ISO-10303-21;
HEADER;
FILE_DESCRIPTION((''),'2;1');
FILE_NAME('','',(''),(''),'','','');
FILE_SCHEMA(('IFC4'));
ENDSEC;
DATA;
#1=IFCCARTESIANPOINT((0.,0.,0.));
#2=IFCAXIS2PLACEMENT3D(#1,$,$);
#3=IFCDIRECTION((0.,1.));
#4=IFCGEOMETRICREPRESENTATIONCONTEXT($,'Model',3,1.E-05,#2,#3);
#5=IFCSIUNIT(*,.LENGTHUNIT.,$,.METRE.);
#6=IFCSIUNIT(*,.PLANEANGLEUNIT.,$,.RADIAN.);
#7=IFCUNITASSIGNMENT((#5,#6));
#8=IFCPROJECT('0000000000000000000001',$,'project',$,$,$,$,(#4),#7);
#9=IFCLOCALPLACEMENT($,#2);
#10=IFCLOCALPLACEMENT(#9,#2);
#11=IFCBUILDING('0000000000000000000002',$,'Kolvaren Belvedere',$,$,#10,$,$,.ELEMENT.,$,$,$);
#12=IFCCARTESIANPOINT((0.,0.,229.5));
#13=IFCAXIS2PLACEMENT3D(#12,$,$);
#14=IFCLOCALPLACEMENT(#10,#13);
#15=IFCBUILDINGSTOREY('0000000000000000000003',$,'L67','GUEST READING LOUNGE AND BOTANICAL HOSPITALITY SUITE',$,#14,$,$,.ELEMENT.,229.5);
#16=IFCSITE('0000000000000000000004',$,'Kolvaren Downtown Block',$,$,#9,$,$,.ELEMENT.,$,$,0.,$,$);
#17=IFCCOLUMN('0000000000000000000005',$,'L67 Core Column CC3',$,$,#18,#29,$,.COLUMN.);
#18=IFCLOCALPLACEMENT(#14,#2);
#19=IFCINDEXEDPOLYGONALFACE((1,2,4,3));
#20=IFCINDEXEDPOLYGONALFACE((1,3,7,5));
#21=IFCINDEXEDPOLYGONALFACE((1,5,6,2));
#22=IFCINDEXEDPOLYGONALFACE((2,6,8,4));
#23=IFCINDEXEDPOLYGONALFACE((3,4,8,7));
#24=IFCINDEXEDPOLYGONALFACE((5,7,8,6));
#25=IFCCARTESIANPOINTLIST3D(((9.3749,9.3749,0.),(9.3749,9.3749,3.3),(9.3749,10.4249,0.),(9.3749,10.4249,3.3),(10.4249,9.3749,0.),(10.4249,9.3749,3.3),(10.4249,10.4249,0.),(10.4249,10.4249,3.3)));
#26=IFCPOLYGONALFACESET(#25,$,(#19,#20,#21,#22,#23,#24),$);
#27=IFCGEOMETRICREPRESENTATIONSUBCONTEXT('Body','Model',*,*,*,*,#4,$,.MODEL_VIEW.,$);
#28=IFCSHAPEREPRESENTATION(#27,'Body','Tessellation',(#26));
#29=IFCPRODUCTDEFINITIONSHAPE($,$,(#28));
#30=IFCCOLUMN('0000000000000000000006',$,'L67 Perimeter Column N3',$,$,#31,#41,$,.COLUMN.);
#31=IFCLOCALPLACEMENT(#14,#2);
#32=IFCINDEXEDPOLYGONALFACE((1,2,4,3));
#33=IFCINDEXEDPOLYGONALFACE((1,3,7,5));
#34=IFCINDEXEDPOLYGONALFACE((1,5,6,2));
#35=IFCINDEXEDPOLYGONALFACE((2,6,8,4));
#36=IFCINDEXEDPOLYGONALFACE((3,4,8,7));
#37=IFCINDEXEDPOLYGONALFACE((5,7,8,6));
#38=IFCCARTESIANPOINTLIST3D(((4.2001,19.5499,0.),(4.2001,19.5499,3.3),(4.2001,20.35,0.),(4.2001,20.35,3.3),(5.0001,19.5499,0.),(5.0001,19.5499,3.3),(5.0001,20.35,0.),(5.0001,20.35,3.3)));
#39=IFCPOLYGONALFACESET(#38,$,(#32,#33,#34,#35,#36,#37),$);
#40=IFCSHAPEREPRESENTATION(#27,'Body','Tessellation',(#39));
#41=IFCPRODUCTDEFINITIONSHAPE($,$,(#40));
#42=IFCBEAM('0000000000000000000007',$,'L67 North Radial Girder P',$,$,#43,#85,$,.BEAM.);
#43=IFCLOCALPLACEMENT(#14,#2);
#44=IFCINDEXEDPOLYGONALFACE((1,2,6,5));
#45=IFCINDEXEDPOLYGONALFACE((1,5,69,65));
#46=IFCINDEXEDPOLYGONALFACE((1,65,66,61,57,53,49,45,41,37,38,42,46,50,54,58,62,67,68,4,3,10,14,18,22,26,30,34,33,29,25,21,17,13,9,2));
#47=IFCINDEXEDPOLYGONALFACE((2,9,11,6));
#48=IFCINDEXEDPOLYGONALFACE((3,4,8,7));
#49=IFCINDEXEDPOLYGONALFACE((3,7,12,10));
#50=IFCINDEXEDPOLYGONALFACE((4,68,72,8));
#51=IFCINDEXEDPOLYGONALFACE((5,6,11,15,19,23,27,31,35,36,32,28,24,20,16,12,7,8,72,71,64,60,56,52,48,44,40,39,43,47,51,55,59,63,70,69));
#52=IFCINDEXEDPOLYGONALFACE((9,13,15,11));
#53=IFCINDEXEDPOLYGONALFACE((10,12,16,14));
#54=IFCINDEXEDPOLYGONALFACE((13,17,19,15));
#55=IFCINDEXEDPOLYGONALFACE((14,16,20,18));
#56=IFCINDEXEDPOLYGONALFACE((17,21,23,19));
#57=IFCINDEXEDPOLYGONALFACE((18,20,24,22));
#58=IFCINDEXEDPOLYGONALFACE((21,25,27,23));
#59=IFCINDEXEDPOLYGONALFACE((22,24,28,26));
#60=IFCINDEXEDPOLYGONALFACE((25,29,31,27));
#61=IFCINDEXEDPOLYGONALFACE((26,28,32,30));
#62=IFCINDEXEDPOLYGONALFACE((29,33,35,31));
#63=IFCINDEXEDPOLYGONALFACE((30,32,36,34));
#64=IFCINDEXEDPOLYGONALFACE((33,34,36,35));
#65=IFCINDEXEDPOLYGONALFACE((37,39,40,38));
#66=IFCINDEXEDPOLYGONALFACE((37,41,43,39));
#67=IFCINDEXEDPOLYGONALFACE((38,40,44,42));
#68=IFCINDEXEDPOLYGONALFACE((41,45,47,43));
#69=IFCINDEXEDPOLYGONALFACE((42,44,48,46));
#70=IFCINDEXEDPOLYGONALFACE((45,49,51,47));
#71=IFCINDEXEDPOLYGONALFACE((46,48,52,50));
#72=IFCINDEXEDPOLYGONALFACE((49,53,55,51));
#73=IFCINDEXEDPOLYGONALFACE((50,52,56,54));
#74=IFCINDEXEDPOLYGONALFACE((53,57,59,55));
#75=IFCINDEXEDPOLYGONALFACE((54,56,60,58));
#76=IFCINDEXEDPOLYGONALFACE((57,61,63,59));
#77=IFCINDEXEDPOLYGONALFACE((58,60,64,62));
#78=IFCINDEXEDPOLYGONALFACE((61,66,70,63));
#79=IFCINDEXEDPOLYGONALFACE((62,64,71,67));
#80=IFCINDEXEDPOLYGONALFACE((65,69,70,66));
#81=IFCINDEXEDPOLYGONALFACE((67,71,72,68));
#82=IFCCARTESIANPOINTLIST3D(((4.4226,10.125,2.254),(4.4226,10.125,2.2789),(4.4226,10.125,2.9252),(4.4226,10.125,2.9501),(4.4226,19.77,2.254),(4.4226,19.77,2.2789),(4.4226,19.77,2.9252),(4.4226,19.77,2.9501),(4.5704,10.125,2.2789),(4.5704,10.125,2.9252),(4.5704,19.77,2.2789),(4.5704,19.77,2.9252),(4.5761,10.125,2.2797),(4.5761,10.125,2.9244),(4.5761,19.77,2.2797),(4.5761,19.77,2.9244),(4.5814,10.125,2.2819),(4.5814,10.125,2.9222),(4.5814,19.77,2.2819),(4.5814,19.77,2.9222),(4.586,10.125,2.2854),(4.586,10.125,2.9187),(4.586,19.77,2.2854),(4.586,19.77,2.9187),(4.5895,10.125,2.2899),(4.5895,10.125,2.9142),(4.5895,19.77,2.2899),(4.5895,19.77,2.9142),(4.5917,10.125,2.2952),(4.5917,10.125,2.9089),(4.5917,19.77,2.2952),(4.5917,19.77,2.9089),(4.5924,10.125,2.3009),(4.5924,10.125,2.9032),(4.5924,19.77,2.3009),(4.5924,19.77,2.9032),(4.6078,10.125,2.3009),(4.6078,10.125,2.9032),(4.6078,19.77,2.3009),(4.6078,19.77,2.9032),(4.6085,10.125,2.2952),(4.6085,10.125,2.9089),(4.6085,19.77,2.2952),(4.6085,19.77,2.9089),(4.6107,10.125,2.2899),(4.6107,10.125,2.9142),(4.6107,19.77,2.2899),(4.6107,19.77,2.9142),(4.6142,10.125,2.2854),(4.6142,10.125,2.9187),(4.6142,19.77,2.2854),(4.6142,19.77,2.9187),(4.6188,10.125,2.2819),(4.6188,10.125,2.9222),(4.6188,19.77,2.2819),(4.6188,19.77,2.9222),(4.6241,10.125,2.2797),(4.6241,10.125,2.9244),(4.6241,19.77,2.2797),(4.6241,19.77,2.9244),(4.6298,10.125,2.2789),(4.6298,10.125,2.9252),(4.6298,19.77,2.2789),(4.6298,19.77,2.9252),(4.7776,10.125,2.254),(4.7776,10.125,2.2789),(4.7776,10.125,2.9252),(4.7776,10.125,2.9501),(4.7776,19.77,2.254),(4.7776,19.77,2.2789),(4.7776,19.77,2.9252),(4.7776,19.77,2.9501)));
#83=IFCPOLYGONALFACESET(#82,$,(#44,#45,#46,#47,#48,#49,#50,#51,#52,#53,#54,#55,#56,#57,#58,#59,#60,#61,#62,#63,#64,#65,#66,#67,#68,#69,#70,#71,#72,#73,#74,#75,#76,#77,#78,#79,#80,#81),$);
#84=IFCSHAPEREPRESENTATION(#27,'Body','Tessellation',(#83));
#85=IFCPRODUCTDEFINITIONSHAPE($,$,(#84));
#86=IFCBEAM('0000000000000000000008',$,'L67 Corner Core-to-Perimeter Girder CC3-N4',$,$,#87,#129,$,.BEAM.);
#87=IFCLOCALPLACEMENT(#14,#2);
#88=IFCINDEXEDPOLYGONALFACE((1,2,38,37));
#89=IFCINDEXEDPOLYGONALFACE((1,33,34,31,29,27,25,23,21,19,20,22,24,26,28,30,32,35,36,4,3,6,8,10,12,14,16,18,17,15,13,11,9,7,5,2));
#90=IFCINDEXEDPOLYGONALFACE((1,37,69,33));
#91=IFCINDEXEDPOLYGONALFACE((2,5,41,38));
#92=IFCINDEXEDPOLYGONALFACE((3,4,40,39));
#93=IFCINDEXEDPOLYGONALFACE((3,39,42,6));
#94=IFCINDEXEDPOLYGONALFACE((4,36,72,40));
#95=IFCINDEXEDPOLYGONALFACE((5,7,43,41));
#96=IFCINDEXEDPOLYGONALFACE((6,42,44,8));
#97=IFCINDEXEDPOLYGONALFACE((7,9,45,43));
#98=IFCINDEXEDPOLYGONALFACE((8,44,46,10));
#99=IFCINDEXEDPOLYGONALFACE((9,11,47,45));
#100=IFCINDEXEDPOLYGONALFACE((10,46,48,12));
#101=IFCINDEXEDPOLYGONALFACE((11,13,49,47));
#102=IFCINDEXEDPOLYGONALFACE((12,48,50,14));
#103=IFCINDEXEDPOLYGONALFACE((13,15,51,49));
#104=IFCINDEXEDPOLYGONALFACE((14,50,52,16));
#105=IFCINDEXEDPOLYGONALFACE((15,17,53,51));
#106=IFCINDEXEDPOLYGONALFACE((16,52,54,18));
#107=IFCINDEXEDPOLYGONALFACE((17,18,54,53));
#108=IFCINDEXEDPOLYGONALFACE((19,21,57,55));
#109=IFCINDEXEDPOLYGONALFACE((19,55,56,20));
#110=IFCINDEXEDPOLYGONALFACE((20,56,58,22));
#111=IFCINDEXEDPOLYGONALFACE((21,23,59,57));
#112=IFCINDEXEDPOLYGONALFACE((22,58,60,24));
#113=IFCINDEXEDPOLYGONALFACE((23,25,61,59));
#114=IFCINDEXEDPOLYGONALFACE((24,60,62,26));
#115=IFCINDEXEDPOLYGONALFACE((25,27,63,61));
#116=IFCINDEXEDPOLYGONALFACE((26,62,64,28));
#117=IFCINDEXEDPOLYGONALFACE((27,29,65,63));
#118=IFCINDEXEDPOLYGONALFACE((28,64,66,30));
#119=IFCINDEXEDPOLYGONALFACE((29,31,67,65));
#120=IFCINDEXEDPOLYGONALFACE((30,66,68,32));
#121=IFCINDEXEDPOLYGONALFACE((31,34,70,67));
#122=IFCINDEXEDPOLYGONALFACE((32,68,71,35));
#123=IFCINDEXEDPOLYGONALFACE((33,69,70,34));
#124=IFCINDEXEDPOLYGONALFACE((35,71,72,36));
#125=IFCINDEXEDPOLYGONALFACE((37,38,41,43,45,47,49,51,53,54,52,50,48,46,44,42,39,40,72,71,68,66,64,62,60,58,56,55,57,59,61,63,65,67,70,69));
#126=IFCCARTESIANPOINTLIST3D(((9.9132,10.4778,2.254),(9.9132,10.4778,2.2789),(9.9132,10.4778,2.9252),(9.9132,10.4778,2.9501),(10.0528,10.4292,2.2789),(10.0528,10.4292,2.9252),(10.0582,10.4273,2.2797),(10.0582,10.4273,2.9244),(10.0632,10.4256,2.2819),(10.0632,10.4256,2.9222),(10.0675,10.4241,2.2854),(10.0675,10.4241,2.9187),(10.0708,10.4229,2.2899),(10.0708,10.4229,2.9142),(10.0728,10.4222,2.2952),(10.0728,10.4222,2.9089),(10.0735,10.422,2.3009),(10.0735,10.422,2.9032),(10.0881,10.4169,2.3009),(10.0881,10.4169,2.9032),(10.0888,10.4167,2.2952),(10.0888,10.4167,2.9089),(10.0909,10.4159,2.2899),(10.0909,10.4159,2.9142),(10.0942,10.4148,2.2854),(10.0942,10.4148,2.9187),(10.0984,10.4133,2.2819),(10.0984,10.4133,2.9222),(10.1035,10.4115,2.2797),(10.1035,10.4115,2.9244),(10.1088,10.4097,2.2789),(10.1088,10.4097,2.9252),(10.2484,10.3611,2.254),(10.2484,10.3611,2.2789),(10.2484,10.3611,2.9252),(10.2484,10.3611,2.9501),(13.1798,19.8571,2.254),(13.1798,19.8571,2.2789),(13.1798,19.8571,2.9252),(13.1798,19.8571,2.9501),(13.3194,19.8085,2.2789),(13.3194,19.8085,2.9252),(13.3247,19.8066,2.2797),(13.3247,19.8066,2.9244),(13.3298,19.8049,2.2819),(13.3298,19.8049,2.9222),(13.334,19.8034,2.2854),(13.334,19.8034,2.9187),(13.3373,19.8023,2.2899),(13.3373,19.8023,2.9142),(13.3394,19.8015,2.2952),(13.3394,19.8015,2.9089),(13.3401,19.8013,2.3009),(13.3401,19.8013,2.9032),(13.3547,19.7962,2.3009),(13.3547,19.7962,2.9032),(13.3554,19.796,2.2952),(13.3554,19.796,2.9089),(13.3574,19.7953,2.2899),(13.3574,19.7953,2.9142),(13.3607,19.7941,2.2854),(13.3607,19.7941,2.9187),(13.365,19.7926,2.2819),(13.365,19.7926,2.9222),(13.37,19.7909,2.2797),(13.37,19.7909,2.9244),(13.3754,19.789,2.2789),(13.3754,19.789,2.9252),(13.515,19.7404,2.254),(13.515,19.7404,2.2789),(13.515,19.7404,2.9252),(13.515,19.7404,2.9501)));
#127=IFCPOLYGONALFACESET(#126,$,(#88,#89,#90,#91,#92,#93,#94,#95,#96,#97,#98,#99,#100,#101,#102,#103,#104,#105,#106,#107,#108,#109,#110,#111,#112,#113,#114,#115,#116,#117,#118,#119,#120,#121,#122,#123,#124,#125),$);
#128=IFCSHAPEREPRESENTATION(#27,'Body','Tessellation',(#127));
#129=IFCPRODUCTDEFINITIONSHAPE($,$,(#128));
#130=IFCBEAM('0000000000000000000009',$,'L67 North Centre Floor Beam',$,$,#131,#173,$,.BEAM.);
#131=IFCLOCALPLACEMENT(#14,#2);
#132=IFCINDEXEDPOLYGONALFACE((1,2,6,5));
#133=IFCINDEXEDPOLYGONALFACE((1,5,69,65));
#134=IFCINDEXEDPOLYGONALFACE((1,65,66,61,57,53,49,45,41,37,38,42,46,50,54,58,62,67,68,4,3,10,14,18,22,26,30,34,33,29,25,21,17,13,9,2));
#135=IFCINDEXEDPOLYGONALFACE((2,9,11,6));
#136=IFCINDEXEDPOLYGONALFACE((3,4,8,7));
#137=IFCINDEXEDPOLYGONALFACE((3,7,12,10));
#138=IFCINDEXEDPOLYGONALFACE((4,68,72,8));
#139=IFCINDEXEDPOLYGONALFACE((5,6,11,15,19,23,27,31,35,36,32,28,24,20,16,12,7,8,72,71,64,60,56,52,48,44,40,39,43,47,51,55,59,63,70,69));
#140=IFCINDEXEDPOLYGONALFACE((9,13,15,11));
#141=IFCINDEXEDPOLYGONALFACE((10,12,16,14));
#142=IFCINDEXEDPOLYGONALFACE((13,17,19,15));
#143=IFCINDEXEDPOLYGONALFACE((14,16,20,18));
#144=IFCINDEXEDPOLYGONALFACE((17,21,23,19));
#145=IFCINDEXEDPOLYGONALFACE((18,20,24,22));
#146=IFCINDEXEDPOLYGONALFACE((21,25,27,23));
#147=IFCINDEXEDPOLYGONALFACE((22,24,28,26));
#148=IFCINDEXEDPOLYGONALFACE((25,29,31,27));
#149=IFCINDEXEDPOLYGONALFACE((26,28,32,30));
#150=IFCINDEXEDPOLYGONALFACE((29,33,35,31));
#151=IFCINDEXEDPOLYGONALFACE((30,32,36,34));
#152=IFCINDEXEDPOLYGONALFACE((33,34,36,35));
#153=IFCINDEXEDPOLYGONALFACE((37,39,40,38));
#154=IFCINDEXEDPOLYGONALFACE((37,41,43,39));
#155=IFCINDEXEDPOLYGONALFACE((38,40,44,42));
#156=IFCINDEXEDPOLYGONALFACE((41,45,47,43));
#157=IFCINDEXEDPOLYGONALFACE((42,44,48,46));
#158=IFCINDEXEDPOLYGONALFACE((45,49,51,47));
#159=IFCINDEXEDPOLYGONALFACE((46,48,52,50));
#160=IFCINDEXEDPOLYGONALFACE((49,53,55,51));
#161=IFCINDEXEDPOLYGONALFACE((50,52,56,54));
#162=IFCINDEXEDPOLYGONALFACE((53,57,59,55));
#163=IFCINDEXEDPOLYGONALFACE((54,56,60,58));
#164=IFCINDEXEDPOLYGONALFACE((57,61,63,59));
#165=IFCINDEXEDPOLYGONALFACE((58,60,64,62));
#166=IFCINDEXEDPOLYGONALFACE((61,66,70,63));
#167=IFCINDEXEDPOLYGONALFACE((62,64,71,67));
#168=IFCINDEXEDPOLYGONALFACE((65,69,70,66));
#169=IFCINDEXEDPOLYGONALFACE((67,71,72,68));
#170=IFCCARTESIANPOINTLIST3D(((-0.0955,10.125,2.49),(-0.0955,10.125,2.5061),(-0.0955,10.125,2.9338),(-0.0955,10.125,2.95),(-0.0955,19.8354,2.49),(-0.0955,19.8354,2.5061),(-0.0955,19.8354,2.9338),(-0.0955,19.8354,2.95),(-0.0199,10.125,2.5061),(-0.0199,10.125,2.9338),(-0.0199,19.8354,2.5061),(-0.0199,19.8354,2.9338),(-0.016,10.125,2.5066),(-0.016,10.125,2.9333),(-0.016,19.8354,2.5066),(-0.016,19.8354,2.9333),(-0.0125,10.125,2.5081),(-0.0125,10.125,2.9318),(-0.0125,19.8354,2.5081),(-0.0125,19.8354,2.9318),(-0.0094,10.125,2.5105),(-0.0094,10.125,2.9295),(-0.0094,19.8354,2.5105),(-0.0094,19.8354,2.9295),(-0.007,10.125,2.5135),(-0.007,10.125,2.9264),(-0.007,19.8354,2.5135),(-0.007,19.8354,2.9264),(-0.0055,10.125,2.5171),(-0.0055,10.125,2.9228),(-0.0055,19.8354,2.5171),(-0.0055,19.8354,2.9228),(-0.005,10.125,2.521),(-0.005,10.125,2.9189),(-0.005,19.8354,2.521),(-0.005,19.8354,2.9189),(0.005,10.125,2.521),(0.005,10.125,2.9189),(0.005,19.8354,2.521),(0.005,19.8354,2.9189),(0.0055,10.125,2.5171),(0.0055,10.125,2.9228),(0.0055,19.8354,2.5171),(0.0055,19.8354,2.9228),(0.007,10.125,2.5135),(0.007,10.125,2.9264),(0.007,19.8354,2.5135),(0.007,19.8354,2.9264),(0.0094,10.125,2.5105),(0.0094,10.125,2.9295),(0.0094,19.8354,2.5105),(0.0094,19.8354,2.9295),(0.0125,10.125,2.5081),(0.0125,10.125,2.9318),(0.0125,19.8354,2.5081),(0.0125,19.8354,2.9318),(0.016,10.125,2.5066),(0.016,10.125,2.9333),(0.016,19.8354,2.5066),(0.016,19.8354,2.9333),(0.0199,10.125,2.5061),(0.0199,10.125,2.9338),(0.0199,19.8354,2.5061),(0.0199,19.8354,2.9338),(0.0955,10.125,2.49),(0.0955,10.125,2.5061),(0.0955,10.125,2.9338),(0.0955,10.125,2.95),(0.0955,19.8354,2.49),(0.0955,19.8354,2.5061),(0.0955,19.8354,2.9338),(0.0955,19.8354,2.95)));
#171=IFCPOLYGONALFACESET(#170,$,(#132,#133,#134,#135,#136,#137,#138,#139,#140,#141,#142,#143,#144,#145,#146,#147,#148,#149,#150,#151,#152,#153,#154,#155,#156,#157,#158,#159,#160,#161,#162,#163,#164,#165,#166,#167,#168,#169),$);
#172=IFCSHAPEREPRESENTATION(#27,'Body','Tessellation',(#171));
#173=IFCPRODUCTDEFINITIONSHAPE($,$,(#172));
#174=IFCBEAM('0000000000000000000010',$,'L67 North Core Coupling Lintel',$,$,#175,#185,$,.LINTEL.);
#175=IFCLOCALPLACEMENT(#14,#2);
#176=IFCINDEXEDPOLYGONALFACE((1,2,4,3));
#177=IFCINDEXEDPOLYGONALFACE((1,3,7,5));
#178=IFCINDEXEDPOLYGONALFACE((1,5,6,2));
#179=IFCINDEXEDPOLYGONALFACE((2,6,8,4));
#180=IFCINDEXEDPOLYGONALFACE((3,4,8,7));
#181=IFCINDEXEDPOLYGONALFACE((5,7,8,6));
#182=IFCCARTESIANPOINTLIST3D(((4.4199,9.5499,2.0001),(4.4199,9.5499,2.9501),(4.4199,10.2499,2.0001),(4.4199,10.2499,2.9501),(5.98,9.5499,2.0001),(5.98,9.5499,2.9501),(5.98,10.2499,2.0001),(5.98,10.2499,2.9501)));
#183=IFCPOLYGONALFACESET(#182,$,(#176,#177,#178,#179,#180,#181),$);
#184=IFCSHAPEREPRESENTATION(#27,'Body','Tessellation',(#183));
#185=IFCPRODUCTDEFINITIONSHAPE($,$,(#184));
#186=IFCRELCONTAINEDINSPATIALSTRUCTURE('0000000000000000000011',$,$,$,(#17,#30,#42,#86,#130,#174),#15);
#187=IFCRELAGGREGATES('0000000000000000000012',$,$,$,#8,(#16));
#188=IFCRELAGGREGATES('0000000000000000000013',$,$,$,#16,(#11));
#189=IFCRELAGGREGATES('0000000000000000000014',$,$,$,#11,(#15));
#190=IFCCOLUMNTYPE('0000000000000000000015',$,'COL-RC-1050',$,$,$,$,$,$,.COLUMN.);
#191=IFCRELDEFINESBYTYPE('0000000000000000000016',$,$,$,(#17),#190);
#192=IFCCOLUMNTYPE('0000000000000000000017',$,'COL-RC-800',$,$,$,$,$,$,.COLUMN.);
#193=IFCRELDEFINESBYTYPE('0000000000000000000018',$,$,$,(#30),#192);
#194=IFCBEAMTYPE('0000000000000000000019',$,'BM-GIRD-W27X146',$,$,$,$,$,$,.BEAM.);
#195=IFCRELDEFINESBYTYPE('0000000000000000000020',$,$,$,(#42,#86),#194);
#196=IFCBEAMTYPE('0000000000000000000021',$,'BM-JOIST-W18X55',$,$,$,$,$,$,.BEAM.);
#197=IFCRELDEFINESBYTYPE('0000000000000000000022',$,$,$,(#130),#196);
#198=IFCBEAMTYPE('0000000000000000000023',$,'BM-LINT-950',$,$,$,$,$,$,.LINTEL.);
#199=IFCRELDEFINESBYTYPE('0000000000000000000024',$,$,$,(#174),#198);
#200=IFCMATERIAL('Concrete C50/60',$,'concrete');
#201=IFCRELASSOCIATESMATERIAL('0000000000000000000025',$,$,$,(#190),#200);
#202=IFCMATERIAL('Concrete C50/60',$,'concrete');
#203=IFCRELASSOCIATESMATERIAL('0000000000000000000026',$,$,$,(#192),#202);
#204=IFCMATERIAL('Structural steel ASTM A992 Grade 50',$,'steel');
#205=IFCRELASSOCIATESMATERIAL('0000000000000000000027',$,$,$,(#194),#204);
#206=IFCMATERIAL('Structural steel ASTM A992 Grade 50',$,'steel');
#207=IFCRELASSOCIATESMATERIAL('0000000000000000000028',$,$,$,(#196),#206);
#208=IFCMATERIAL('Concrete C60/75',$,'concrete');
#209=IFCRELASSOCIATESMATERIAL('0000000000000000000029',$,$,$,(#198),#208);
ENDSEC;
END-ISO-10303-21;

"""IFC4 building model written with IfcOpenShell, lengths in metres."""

from ifc_helpers import new_model, si_unit, direction, frame, origin, origin_2d, place, context, subcontext, project, spatial, rectangle, i_section, extrude, material, material_profile, profile_set, type_object, element, save


model = new_model("IFC4")

# Units and contexts
model_context = context("Model", 3, precision=1e-05, world=origin(), true_north=direction((0.0, 1.0)))
body_context = subcontext(model_context, "Body", "Model", "MODEL_VIEW")
ifc_project = project(units=[si_unit("LENGTHUNIT", "METRE"), si_unit("PLANEANGLEUNIT", "RADIAN")], contexts=[model_context])

# Site, building, storey
site_placement = place(None, origin())
site = spatial("IfcSite", under=ifc_project, at=site_placement, Name="Kolvaren Downtown Block", CompositionType="ELEMENT", RefElevation=0.0)
building_placement = place(site_placement, origin())
building = spatial("IfcBuilding", under=site, at=building_placement, Name="Kolvaren Belvedere", CompositionType="ELEMENT")
storey_placement = place(building_placement, frame((0.0, 0.0, 229.5)))
storey = spatial("IfcBuildingStorey", under=building, at=storey_placement, Name="L67", Description="GUEST READING LOUNGE AND BOTANICAL HOSPITALITY SUITE", CompositionType="ELEMENT", Elevation=229.5)

# Columns
ifc_material_1 = material(Name="Concrete C50/60", Category="concrete")
ifc_material_profile_1 = material_profile(ifc_material_1, rectangle(XDim=1.05, YDim=1.05, at=origin_2d()), Name="RC 1050X1050")
ifc_profile_set_1 = profile_set([ifc_material_profile_1], Name="Concrete C50/60")
column_type_1 = type_object("IfcColumnType", Name="COL-RC-1050", PredefinedType="COLUMN", material=ifc_profile_set_1)
column_1_placement = place(storey_placement, frame((9.8999, 9.8999, 0.0), z_axis=(0.0, 0.0, 1.0), x_axis=(1.0, 0.0, 0.0)))
element("IfcColumn", 1, at=column_1_placement, inside=storey, type_object=column_type_1, Name="L67 Core Column CC3", PredefinedType="COLUMN", context=body_context, shape_type="SweptSolid", body=[
    extrude(rectangle(XDim=1.05, YDim=1.05, at=origin_2d()), origin(), (0.0, 0.0, 1.0), 3.3),
])
ifc_material_2 = material(Name="Concrete C50/60", Category="concrete")
ifc_material_profile_2 = material_profile(ifc_material_2, rectangle(XDim=0.8, YDim=0.8, at=origin_2d()), Name="RC 800X800")
ifc_profile_set_2 = profile_set([ifc_material_profile_2], Name="Concrete C50/60")
column_type_2 = type_object("IfcColumnType", Name="COL-RC-800", PredefinedType="COLUMN", material=ifc_profile_set_2)
column_2_placement = place(storey_placement, frame((4.6001, 19.95, 0.0), z_axis=(0.0, 0.0, 1.0), x_axis=(1.0, 0.0, 0.0)))
element("IfcColumn", 2, at=column_2_placement, inside=storey, type_object=column_type_2, Name="L67 Perimeter Column N3", PredefinedType="COLUMN", context=body_context, shape_type="SweptSolid", body=[
    extrude(rectangle(XDim=0.8, YDim=0.8, at=origin_2d()), origin(), (0.0, 0.0, 1.0), 3.3),
])

# Beams
ifc_material_3 = material(Name="Structural steel ASTM A992 Grade 50", Category="steel")
ifc_material_profile_3 = material_profile(ifc_material_3, i_section(OverallWidth=0.355, OverallDepth=0.696, WebThickness=0.0154, FlangeThickness=0.0249, FilletRadius=0.022, at=origin_2d()), Name="W27X146")
ifc_profile_set_3 = profile_set([ifc_material_profile_3], Name="Structural steel ASTM A992 Grade 50")
beam_type_1 = type_object("IfcBeamType", Name="BM-GIRD-W27X146", PredefinedType="BEAM", material=ifc_profile_set_3)
beam_1_placement = place(storey_placement, frame((4.6001, 10.125, 2.6021), z_axis=(0.0, 1.0, 0.0), x_axis=(-1.0, 0.0, 0.0)))
element("IfcBeam", 3, at=beam_1_placement, inside=storey, type_object=beam_type_1, Name="L67 North Radial Girder P", PredefinedType="BEAM", context=body_context, shape_type="SweptSolid", body=[
    extrude(i_section(OverallWidth=0.355, OverallDepth=0.696, WebThickness=0.0154, FlangeThickness=0.0249, FilletRadius=0.022, at=origin_2d()), origin(), (0.0, 0.0, 1.0), 9.645),
])
beam_2_placement = place(storey_placement, frame((10.0808, 10.4194, 2.6021), z_axis=(0.328898, 0.944365, 0.0), x_axis=(-0.944365, 0.328898, 0.0)))
element("IfcBeam", 4, at=beam_2_placement, inside=storey, type_object=beam_type_1, Name="L67 Corner Core-to-Perimeter Girder CC3-N4", PredefinedType="BEAM", context=body_context, shape_type="SweptSolid", body=[
    extrude(i_section(OverallWidth=0.355, OverallDepth=0.696, WebThickness=0.0154, FlangeThickness=0.0249, FilletRadius=0.022, at=origin_2d()), origin(), (0.0, 0.0, 1.0), 9.9319),
])
ifc_material_4 = material(Name="Structural steel ASTM A992 Grade 50", Category="steel")
ifc_material_profile_4 = material_profile(ifc_material_4, i_section(OverallWidth=0.1909, OverallDepth=0.46, WebThickness=0.01, FlangeThickness=0.0161, FilletRadius=0.0149, at=origin_2d()), Name="W18X55")
ifc_profile_set_4 = profile_set([ifc_material_profile_4], Name="Structural steel ASTM A992 Grade 50")
beam_type_2 = type_object("IfcBeamType", Name="BM-JOIST-W18X55", PredefinedType="BEAM", material=ifc_profile_set_4)
beam_3_placement = place(storey_placement, frame((0.0, 10.125, 2.72), z_axis=(0.0, 1.0, 0.0), x_axis=(-1.0, 0.0, 0.0)))
element("IfcBeam", 5, at=beam_3_placement, inside=storey, type_object=beam_type_2, Name="L67 North Centre Floor Beam", PredefinedType="BEAM", context=body_context, shape_type="SweptSolid", body=[
    extrude(i_section(OverallWidth=0.1909, OverallDepth=0.46, WebThickness=0.01, FlangeThickness=0.0161, FilletRadius=0.0149, at=origin_2d()), origin(), (0.0, 0.0, 1.0), 9.7104),
])
ifc_material_5 = material(Name="Concrete C60/75", Category="concrete")
ifc_material_profile_5 = material_profile(ifc_material_5, rectangle(XDim=0.7, YDim=0.95, at=origin_2d()), Name="RC 700X950")
ifc_profile_set_5 = profile_set([ifc_material_profile_5], Name="Concrete C60/75")
beam_type_3 = type_object("IfcBeamType", Name="BM-LINT-950", PredefinedType="LINTEL", material=ifc_profile_set_5)
beam_4_placement = place(storey_placement, frame((4.4199, 9.8999, 2.4751), z_axis=(1.0, 0.0, 0.0), x_axis=(0.0, 1.0, 0.0)))
element("IfcBeam", 6, at=beam_4_placement, inside=storey, type_object=beam_type_3, Name="L67 North Core Coupling Lintel", PredefinedType="LINTEL", context=body_context, shape_type="SweptSolid", body=[
    extrude(rectangle(XDim=0.7, YDim=0.95, at=origin_2d()), origin(), (0.0, 0.0, 1.0), 1.5601),
])

save(model, "model.ifc")
